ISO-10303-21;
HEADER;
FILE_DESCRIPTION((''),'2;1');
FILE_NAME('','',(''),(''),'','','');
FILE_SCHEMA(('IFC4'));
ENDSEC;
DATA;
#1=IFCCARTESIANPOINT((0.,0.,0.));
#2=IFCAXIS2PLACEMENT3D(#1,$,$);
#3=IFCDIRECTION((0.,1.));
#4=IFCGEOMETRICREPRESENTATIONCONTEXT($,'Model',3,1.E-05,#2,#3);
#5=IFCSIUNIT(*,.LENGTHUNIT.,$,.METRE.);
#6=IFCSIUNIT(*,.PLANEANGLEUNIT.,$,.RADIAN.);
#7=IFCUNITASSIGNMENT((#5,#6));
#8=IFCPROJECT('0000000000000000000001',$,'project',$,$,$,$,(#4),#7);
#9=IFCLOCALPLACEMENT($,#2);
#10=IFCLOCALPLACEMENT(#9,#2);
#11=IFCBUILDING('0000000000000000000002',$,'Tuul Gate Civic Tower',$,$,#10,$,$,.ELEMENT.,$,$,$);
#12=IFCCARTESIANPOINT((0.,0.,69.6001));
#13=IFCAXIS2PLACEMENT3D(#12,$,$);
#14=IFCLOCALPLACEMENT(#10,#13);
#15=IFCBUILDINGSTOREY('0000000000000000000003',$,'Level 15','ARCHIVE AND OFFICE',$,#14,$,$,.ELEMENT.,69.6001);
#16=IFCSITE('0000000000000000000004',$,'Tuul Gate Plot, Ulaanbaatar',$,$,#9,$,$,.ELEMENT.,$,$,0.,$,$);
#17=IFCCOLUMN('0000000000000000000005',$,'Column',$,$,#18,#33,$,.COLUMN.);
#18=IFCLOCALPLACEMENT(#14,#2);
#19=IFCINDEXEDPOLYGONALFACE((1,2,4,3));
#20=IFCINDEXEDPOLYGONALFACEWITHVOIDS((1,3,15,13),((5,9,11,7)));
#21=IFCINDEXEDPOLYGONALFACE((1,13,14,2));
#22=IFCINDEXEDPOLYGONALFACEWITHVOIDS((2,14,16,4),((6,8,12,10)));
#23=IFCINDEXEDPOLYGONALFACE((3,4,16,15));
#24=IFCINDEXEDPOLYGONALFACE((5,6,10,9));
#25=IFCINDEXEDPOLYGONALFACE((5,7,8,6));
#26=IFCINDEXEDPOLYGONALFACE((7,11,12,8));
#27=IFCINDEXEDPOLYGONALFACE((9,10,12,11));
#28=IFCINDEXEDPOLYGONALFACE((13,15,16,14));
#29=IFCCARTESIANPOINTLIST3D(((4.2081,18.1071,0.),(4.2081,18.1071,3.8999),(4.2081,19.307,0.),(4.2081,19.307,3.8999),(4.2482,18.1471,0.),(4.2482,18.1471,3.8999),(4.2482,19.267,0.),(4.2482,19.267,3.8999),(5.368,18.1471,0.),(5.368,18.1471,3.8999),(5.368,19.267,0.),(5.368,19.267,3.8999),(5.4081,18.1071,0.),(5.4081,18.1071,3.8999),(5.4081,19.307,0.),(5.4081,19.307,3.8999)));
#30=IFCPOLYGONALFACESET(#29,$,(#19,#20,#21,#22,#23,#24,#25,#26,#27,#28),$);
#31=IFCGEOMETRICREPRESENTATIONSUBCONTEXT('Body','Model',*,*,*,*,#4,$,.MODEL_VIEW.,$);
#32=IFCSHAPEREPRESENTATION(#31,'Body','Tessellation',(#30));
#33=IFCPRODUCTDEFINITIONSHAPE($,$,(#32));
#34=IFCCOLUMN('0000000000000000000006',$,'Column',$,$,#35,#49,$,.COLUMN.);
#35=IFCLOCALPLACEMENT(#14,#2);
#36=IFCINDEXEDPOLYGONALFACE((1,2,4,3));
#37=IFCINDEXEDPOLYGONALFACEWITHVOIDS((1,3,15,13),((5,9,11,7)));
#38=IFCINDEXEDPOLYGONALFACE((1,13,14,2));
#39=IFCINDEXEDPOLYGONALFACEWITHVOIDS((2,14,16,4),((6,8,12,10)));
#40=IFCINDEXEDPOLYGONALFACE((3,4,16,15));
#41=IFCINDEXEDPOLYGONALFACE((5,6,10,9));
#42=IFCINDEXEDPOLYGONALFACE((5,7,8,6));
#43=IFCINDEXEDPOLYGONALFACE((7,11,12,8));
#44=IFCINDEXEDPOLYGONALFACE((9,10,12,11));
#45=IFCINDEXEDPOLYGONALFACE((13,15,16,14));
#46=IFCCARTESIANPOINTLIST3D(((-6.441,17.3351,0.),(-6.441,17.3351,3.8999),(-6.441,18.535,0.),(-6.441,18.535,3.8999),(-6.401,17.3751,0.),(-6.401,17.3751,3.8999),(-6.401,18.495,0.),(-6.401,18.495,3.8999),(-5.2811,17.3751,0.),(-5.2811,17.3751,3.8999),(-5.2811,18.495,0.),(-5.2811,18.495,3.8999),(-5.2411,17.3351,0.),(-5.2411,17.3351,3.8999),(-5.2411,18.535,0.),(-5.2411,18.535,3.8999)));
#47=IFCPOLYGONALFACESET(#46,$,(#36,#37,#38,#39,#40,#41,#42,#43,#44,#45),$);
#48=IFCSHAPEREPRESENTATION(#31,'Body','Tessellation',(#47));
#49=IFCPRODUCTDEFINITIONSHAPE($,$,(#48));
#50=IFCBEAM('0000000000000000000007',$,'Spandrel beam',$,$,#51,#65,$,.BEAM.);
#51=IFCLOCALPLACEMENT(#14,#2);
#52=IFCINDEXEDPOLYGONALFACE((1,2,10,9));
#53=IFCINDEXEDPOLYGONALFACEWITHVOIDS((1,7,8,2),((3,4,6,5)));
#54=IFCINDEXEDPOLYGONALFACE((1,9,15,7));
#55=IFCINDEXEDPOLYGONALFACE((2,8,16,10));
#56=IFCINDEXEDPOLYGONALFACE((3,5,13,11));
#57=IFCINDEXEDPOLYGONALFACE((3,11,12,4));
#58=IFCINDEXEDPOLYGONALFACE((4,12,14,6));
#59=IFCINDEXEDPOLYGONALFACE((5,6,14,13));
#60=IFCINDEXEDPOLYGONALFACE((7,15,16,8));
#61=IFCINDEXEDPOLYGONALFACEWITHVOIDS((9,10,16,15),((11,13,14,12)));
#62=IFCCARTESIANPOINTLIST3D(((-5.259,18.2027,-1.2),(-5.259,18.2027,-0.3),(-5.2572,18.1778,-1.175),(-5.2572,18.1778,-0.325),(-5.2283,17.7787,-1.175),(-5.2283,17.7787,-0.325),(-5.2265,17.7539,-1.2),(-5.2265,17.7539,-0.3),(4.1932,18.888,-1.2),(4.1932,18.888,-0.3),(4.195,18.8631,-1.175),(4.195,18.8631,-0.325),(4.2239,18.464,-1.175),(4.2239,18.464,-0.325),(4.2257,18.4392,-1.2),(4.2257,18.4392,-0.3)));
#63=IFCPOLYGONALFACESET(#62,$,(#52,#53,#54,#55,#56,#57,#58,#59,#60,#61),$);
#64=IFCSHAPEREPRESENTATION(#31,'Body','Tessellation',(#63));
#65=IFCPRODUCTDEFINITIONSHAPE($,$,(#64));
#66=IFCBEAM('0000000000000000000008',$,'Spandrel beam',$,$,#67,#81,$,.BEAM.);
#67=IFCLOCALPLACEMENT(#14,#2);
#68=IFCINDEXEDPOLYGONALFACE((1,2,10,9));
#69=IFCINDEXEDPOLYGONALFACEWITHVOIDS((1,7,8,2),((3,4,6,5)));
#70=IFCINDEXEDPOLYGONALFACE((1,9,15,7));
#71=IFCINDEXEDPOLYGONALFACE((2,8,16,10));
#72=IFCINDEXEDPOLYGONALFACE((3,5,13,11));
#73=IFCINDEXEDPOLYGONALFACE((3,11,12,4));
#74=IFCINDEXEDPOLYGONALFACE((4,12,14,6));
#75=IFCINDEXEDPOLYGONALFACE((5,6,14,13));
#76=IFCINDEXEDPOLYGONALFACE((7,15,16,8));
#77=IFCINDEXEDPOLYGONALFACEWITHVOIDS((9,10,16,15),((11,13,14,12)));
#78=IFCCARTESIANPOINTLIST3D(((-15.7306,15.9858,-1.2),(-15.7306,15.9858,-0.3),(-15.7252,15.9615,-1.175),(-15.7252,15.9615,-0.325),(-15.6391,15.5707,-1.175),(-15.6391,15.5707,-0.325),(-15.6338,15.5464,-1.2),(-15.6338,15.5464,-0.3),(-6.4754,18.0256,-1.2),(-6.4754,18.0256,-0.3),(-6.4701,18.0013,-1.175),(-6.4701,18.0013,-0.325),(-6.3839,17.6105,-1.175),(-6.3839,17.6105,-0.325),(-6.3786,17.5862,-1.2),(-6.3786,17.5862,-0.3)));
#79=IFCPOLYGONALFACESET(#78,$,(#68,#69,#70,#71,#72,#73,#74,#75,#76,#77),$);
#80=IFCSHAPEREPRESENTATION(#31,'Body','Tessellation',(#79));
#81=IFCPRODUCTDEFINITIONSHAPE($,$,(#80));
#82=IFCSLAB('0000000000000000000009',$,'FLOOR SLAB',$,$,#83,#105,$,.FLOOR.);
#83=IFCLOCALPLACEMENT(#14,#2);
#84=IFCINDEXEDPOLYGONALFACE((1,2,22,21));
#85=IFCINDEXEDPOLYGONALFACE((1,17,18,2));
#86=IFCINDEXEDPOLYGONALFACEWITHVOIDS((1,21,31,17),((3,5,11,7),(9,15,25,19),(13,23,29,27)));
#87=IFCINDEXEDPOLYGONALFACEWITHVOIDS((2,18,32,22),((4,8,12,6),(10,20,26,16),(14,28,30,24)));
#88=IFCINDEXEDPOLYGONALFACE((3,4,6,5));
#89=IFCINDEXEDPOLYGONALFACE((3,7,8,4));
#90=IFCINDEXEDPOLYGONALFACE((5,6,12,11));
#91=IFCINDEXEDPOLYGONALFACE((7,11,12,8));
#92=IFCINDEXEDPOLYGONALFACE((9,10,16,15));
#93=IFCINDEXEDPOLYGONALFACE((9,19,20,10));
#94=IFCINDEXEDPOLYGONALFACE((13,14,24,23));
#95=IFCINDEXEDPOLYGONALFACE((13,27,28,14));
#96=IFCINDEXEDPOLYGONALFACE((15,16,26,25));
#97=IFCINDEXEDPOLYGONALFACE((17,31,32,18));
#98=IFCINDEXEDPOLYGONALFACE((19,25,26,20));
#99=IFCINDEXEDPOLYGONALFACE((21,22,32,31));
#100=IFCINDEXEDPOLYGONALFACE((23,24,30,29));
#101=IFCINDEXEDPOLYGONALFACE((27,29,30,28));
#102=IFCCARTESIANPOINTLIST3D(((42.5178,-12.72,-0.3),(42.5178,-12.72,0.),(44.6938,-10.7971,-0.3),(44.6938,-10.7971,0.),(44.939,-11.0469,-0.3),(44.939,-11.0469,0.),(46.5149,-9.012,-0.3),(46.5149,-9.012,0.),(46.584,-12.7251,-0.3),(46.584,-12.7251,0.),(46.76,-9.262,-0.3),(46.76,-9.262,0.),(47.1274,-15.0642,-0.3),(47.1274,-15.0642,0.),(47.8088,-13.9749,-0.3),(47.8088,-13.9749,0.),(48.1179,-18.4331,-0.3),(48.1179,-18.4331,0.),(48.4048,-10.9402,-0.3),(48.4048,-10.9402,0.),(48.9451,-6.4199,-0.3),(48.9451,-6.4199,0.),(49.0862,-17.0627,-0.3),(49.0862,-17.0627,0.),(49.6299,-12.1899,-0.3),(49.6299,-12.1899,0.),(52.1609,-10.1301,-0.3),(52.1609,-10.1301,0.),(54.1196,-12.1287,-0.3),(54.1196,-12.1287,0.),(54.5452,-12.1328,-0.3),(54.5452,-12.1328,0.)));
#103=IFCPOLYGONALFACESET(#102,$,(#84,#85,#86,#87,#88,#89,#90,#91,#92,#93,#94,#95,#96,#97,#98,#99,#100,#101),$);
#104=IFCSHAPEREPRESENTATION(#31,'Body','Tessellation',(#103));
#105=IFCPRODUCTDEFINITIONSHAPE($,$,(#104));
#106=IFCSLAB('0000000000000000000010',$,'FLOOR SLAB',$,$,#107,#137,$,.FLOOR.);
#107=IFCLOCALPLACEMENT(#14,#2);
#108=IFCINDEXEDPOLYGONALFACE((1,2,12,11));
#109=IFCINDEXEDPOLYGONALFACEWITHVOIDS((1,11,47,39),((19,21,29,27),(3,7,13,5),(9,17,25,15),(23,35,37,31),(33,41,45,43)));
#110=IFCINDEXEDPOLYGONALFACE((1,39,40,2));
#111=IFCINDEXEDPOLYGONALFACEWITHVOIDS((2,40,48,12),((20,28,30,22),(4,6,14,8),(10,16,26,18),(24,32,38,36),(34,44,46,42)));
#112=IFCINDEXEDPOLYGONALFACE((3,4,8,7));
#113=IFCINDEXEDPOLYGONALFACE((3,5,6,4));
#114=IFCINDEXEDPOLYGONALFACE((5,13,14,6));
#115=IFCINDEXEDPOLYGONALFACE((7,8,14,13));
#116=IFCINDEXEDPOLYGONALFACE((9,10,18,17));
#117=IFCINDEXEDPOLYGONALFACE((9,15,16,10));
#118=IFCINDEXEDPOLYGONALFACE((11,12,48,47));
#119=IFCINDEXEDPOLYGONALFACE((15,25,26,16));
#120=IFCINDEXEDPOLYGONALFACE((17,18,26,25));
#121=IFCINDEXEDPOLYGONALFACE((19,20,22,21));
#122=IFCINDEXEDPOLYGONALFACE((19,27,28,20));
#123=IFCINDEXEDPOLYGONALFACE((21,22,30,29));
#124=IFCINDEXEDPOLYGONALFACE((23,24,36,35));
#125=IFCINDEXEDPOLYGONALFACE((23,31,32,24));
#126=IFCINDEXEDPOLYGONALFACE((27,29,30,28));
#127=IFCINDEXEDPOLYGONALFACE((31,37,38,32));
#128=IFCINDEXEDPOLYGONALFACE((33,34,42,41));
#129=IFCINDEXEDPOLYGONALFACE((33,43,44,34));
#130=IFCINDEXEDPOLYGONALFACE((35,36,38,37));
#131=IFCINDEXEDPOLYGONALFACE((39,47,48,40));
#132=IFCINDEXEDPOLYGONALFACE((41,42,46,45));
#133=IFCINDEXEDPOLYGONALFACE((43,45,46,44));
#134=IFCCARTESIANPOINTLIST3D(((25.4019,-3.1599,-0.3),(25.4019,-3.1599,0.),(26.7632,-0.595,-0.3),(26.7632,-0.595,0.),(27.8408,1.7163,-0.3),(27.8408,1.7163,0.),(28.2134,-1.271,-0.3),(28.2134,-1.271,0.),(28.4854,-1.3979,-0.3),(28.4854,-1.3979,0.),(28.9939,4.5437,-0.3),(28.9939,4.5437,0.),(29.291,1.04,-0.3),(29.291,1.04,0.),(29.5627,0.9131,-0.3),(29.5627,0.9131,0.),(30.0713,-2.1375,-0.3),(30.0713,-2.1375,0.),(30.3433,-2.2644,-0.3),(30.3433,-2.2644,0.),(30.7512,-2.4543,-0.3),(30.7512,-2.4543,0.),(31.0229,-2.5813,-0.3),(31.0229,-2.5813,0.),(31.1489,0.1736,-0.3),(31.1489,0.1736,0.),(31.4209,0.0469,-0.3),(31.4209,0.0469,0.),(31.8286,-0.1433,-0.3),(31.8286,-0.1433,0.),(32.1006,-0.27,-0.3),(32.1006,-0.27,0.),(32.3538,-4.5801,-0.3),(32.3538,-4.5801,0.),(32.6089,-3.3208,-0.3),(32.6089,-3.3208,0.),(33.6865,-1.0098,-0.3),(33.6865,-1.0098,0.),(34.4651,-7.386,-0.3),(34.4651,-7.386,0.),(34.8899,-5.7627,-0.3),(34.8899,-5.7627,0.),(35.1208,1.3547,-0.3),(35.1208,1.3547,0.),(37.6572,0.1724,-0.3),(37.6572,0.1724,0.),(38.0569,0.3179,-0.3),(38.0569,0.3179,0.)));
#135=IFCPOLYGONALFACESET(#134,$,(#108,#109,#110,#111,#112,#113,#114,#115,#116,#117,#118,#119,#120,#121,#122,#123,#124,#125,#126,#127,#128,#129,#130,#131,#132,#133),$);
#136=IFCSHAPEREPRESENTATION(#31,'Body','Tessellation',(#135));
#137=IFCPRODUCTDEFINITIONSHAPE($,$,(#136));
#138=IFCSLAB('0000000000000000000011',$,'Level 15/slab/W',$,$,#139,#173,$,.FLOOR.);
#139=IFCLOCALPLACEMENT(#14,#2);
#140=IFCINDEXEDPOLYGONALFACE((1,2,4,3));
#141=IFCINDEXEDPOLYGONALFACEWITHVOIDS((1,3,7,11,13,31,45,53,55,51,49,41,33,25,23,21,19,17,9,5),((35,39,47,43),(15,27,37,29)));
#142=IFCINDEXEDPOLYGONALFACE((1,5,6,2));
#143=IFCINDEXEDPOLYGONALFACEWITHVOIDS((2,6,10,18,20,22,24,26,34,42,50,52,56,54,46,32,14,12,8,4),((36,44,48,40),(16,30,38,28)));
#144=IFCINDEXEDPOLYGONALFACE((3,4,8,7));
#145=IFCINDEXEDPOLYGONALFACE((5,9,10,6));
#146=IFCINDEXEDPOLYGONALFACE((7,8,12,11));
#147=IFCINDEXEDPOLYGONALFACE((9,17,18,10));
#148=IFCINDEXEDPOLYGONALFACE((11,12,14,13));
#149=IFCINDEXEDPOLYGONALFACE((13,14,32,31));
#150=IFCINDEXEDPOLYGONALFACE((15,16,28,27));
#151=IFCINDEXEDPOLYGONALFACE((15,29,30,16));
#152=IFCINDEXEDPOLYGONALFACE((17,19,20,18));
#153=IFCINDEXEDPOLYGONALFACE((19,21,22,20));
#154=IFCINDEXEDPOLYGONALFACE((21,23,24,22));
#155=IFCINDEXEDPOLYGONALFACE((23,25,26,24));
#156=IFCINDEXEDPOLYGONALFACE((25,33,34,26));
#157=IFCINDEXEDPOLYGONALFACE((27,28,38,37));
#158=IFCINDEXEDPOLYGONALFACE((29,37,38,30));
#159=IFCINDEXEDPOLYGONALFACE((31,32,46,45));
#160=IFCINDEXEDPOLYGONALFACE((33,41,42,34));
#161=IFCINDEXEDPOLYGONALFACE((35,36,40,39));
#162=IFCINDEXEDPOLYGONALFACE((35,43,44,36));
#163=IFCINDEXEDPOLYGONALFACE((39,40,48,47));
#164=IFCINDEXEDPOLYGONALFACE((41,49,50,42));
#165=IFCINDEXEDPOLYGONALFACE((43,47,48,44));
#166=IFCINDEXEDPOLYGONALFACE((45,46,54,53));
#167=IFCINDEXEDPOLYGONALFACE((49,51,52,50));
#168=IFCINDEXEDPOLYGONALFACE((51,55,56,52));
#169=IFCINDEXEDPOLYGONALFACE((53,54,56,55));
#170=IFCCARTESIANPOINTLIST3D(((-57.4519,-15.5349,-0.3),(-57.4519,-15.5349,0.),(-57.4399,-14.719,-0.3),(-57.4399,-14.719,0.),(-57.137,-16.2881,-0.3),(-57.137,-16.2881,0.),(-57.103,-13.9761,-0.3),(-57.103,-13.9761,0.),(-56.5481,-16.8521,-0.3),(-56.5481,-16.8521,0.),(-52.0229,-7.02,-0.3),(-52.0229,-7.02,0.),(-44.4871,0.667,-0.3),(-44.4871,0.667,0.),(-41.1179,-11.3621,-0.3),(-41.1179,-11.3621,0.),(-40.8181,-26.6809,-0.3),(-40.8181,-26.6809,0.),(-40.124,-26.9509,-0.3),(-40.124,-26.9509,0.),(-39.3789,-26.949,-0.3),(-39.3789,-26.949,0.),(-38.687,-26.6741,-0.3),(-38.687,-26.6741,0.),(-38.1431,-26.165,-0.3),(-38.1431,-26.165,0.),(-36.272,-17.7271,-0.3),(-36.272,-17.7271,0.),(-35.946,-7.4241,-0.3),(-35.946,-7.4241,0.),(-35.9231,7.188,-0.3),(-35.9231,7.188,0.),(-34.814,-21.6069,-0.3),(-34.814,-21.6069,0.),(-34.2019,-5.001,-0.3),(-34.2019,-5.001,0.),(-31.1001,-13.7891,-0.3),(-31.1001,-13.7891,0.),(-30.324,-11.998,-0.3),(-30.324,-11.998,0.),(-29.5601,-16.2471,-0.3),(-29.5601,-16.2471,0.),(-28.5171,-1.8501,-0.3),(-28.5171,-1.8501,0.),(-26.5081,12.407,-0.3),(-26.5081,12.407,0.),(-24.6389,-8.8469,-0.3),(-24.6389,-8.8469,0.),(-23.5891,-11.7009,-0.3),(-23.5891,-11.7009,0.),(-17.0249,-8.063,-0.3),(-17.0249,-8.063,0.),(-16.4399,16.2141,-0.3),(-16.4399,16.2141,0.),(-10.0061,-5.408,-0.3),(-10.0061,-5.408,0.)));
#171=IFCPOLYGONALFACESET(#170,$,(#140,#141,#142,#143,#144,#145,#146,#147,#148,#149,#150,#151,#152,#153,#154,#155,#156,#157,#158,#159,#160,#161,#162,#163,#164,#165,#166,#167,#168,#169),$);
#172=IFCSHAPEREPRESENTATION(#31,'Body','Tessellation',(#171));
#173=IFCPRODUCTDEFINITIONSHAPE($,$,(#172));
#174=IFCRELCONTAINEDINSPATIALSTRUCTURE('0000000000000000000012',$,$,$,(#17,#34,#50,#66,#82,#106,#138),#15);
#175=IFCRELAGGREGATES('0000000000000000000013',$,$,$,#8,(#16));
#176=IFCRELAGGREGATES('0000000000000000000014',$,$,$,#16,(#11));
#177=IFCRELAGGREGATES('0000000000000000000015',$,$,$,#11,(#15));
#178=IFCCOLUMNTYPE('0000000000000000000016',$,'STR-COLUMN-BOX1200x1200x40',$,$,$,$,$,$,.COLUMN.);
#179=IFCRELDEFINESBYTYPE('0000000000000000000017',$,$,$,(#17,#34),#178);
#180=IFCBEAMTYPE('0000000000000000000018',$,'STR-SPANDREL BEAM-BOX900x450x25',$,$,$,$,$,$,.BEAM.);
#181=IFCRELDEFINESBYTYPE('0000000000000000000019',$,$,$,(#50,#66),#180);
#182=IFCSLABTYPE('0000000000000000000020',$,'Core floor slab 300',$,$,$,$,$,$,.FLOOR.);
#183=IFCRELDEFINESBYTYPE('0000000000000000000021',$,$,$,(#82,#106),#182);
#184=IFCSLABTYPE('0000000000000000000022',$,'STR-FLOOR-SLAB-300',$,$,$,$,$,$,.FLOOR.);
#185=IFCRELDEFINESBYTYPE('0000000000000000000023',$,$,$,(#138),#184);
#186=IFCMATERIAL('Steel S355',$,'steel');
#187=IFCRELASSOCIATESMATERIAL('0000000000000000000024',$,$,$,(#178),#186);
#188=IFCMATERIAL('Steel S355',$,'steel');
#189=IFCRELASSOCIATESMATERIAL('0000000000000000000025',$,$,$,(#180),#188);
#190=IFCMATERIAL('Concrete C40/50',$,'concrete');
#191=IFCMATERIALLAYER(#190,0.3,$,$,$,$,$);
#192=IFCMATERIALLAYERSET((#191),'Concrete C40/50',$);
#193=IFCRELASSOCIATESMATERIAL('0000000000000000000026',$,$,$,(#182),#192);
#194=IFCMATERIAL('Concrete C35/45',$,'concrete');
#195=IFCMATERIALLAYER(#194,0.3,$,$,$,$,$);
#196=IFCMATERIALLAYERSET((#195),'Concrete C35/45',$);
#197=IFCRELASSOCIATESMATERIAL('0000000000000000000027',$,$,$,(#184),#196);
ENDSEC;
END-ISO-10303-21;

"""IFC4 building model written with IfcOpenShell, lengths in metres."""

from ifc_helpers import new_model, si_unit, direction, frame, origin, origin_2d, place, context, subcontext, project, spatial, polyline, hollow_rectangle, outline, extrude, material, layer, layer_set, material_profile, profile_set, type_object, element, save


model = new_model("IFC4")

# Units and contexts
model_context = context("Model", 3, precision=1e-05, world=origin(), true_north=direction((0.0, 1.0)))
body_context = subcontext(model_context, "Body", "Model", "MODEL_VIEW")
ifc_project = project(units=[si_unit("LENGTHUNIT", "METRE"), si_unit("PLANEANGLEUNIT", "RADIAN")], contexts=[model_context])

# Site, building, storey
site_placement = place(None, origin())
site = spatial("IfcSite", under=ifc_project, at=site_placement, Name="Tuul Gate Plot, Ulaanbaatar", CompositionType="ELEMENT", RefElevation=0.0)
building_placement = place(site_placement, origin())
building = spatial("IfcBuilding", under=site, at=building_placement, Name="Tuul Gate Civic Tower", CompositionType="ELEMENT")
storey_placement = place(building_placement, frame((0.0, 0.0, 69.6001)))
storey = spatial("IfcBuildingStorey", under=building, at=storey_placement, Name="Level 15", Description="ARCHIVE AND OFFICE", CompositionType="ELEMENT", Elevation=69.6001)

# Columns
ifc_material_1 = material(Name="Steel S355", Category="steel")
ifc_material_profile_1 = material_profile(ifc_material_1, hollow_rectangle(XDim=1.2, YDim=1.2, WallThickness=0.04, at=origin_2d()), Name="BOX1200x1200x40")
ifc_profile_set_1 = profile_set([ifc_material_profile_1], Name="Steel S355")
column_type = type_object("IfcColumnType", Name="STR-COLUMN-BOX1200x1200x40", PredefinedType="COLUMN", material=ifc_profile_set_1)
for number, where, z_axis, x_axis, name in (
    (1, (4.8081, 18.707, 0.0), (0.0, 0.0, 1.0), (1.0, 0.0, 0.0), "Column"),
    (2, (-5.8411, 17.9351, 0.0), (0.0, 0.0, 1.0), (1.0, 0.0, 0.0), "Column"),
):
    element("IfcColumn", number, at=place(storey_placement, frame(where, z_axis=z_axis, x_axis=x_axis)), inside=storey, type_object=column_type, Name=name, PredefinedType="COLUMN", context=body_context, shape_type="SweptSolid", body=[
        extrude(hollow_rectangle(XDim=1.2, YDim=1.2, WallThickness=0.04, at=origin_2d()), origin(), (0.0, 0.0, 1.0), 3.8999),
    ])

# Beams
ifc_material_2 = material(Name="Steel S355", Category="steel")
ifc_material_profile_2 = material_profile(ifc_material_2, hollow_rectangle(XDim=0.45, YDim=0.8999, WallThickness=0.0249, at=origin_2d()), Name="BOX900x450x25")
ifc_profile_set_2 = profile_set([ifc_material_profile_2], Name="Steel S355")
beam_type = type_object("IfcBeamType", Name="STR-SPANDREL BEAM-BOX900x450x25", PredefinedType="BEAM", material=ifc_profile_set_2)
beam_1_placement = place(storey_placement, frame((4.2095, 18.6636, -0.75), z_axis=(-0.997382, -0.072313, 0.0), x_axis=(0.072313, -0.997382, 0.0)))
element("IfcBeam", 3, at=beam_1_placement, inside=storey, type_object=beam_type, Name="Spandrel beam", PredefinedType="BEAM", context=body_context, shape_type="SweptSolid", body=[
    extrude(hollow_rectangle(XDim=0.45, YDim=0.8999, WallThickness=0.0249, at=origin_2d()), origin(), (0.0, 0.0, 1.0), 9.4771),
])
beam_2_placement = place(storey_placement, frame((-6.427, 17.8059, -0.75), z_axis=(-0.976563, -0.215231, 0.0), x_axis=(0.215231, -0.976563, 0.0)))
element("IfcBeam", 4, at=beam_2_placement, inside=storey, type_object=beam_type, Name="Spandrel beam", PredefinedType="BEAM", context=body_context, shape_type="SweptSolid", body=[
    extrude(hollow_rectangle(XDim=0.45, YDim=0.8999, WallThickness=0.0249, at=origin_2d()), origin(), (0.0, 0.0, 1.0), 9.4773),
])

# Slabs
ifc_material_3 = material(Name="Concrete C40/50", Category="concrete")
ifc_layer_1 = layer(ifc_material_3, 0.3)
ifc_layer_set_1 = layer_set([ifc_layer_1], Name="Concrete C40/50")
slab_type_1 = type_object("IfcSlabType", Name="Core floor slab 300", PredefinedType="FLOOR", material=ifc_layer_set_1)
slab_1_placement = place(storey_placement, frame((0.0, 0.0, -0.3)))
element("IfcSlab", 5, at=slab_1_placement, inside=storey, type_object=slab_type_1, Name="FLOOR SLAB", PredefinedType="FLOOR", context=body_context, shape_type="SweptSolid", body=[
    extrude(outline(polyline([(48.1179, -18.4331), (54.5452, -12.1328), (48.9451, -6.4199), (42.5178, -12.72), (48.1179, -18.4331)]), holes=[polyline([(47.8088, -13.9749), (49.6299, -12.1899), (48.4048, -10.9402), (46.584, -12.7251), (47.8088, -13.9749)]), polyline([(44.939, -11.0469), (46.76, -9.262), (46.5149, -9.012), (44.6938, -10.7971), (44.939, -11.0469)]), polyline([(49.0862, -17.0627), (47.1274, -15.0642), (52.1609, -10.1301), (54.1196, -12.1287), (49.0862, -17.0627)])]), origin(), (0.0, 0.0, 1.0), 0.3),
])
slab_2_placement = place(storey_placement, frame((0.0, 0.0, -0.3)))
element("IfcSlab", 6, at=slab_2_placement, inside=storey, type_object=slab_type_1, Name="FLOOR SLAB", PredefinedType="FLOOR", context=body_context, shape_type="SweptSolid", body=[
    extrude(outline(polyline([(34.4651, -7.386), (38.0569, 0.3179), (28.9939, 4.5437), (25.4019, -3.1599), (34.4651, -7.386)]), holes=[polyline([(32.6089, -3.3208), (33.6865, -1.0098), (32.1006, -0.27), (31.0229, -2.5813), (32.6089, -3.3208)]), polyline([(30.0713, -2.1375), (31.1489, 0.1736), (29.5627, 0.9131), (28.4854, -1.3979), (30.0713, -2.1375)]), polyline([(30.7512, -2.4543), (31.8286, -0.1433), (31.4209, 0.0469), (30.3433, -2.2644), (30.7512, -2.4543)]), polyline([(28.2134, -1.271), (29.291, 1.04), (27.8408, 1.7163), (26.7632, -0.595), (28.2134, -1.271)]), polyline([(34.8899, -5.7627), (32.3538, -4.5801), (35.1208, 1.3547), (37.6572, 0.1724), (34.8899, -5.7627)])]), origin(), (0.0, 0.0, 1.0), 0.3),
])
ifc_material_4 = material(Name="Concrete C35/45", Category="concrete")
ifc_layer_2 = layer(ifc_material_4, 0.3)
ifc_layer_set_2 = layer_set([ifc_layer_2], Name="Concrete C35/45")
slab_type_2 = type_object("IfcSlabType", Name="STR-FLOOR-SLAB-300", PredefinedType="FLOOR", material=ifc_layer_set_2)
slab_3_placement = place(storey_placement, frame((0.0, 0.0, -0.3)))
element("IfcSlab", 7, at=slab_3_placement, inside=storey, type_object=slab_type_2, Name="Level 15/slab/W", PredefinedType="FLOOR", context=body_context, shape_type="SweptSolid", body=[
    extrude(outline(polyline([(-10.0061, -5.408), (-16.4399, 16.2141), (-26.5081, 12.407), (-35.9231, 7.188), (-44.4871, 0.667), (-52.0229, -7.02), (-57.103, -13.9761), (-57.4399, -14.719), (-57.4519, -15.5349), (-57.137, -16.2881), (-56.5481, -16.8521), (-40.8181, -26.6809), (-40.124, -26.9509), (-39.3789, -26.949), (-38.687, -26.6741), (-38.1431, -26.165), (-34.814, -21.6069), (-29.5601, -16.2471), (-23.5891, -11.7009), (-17.0249, -8.063), (-10.0061, -5.408)]), holes=[polyline([(-31.1001, -13.7891), (-36.272, -17.7271), (-41.1179, -11.3621), (-35.946, -7.4241), (-31.1001, -13.7891)]), polyline([(-24.6389, -8.8469), (-30.324, -11.998), (-34.2019, -5.001), (-28.5171, -1.8501), (-24.6389, -8.8469)])]), origin(), (0.0, 0.0, 1.0), 0.3),
])

save(model, "model.ifc")
